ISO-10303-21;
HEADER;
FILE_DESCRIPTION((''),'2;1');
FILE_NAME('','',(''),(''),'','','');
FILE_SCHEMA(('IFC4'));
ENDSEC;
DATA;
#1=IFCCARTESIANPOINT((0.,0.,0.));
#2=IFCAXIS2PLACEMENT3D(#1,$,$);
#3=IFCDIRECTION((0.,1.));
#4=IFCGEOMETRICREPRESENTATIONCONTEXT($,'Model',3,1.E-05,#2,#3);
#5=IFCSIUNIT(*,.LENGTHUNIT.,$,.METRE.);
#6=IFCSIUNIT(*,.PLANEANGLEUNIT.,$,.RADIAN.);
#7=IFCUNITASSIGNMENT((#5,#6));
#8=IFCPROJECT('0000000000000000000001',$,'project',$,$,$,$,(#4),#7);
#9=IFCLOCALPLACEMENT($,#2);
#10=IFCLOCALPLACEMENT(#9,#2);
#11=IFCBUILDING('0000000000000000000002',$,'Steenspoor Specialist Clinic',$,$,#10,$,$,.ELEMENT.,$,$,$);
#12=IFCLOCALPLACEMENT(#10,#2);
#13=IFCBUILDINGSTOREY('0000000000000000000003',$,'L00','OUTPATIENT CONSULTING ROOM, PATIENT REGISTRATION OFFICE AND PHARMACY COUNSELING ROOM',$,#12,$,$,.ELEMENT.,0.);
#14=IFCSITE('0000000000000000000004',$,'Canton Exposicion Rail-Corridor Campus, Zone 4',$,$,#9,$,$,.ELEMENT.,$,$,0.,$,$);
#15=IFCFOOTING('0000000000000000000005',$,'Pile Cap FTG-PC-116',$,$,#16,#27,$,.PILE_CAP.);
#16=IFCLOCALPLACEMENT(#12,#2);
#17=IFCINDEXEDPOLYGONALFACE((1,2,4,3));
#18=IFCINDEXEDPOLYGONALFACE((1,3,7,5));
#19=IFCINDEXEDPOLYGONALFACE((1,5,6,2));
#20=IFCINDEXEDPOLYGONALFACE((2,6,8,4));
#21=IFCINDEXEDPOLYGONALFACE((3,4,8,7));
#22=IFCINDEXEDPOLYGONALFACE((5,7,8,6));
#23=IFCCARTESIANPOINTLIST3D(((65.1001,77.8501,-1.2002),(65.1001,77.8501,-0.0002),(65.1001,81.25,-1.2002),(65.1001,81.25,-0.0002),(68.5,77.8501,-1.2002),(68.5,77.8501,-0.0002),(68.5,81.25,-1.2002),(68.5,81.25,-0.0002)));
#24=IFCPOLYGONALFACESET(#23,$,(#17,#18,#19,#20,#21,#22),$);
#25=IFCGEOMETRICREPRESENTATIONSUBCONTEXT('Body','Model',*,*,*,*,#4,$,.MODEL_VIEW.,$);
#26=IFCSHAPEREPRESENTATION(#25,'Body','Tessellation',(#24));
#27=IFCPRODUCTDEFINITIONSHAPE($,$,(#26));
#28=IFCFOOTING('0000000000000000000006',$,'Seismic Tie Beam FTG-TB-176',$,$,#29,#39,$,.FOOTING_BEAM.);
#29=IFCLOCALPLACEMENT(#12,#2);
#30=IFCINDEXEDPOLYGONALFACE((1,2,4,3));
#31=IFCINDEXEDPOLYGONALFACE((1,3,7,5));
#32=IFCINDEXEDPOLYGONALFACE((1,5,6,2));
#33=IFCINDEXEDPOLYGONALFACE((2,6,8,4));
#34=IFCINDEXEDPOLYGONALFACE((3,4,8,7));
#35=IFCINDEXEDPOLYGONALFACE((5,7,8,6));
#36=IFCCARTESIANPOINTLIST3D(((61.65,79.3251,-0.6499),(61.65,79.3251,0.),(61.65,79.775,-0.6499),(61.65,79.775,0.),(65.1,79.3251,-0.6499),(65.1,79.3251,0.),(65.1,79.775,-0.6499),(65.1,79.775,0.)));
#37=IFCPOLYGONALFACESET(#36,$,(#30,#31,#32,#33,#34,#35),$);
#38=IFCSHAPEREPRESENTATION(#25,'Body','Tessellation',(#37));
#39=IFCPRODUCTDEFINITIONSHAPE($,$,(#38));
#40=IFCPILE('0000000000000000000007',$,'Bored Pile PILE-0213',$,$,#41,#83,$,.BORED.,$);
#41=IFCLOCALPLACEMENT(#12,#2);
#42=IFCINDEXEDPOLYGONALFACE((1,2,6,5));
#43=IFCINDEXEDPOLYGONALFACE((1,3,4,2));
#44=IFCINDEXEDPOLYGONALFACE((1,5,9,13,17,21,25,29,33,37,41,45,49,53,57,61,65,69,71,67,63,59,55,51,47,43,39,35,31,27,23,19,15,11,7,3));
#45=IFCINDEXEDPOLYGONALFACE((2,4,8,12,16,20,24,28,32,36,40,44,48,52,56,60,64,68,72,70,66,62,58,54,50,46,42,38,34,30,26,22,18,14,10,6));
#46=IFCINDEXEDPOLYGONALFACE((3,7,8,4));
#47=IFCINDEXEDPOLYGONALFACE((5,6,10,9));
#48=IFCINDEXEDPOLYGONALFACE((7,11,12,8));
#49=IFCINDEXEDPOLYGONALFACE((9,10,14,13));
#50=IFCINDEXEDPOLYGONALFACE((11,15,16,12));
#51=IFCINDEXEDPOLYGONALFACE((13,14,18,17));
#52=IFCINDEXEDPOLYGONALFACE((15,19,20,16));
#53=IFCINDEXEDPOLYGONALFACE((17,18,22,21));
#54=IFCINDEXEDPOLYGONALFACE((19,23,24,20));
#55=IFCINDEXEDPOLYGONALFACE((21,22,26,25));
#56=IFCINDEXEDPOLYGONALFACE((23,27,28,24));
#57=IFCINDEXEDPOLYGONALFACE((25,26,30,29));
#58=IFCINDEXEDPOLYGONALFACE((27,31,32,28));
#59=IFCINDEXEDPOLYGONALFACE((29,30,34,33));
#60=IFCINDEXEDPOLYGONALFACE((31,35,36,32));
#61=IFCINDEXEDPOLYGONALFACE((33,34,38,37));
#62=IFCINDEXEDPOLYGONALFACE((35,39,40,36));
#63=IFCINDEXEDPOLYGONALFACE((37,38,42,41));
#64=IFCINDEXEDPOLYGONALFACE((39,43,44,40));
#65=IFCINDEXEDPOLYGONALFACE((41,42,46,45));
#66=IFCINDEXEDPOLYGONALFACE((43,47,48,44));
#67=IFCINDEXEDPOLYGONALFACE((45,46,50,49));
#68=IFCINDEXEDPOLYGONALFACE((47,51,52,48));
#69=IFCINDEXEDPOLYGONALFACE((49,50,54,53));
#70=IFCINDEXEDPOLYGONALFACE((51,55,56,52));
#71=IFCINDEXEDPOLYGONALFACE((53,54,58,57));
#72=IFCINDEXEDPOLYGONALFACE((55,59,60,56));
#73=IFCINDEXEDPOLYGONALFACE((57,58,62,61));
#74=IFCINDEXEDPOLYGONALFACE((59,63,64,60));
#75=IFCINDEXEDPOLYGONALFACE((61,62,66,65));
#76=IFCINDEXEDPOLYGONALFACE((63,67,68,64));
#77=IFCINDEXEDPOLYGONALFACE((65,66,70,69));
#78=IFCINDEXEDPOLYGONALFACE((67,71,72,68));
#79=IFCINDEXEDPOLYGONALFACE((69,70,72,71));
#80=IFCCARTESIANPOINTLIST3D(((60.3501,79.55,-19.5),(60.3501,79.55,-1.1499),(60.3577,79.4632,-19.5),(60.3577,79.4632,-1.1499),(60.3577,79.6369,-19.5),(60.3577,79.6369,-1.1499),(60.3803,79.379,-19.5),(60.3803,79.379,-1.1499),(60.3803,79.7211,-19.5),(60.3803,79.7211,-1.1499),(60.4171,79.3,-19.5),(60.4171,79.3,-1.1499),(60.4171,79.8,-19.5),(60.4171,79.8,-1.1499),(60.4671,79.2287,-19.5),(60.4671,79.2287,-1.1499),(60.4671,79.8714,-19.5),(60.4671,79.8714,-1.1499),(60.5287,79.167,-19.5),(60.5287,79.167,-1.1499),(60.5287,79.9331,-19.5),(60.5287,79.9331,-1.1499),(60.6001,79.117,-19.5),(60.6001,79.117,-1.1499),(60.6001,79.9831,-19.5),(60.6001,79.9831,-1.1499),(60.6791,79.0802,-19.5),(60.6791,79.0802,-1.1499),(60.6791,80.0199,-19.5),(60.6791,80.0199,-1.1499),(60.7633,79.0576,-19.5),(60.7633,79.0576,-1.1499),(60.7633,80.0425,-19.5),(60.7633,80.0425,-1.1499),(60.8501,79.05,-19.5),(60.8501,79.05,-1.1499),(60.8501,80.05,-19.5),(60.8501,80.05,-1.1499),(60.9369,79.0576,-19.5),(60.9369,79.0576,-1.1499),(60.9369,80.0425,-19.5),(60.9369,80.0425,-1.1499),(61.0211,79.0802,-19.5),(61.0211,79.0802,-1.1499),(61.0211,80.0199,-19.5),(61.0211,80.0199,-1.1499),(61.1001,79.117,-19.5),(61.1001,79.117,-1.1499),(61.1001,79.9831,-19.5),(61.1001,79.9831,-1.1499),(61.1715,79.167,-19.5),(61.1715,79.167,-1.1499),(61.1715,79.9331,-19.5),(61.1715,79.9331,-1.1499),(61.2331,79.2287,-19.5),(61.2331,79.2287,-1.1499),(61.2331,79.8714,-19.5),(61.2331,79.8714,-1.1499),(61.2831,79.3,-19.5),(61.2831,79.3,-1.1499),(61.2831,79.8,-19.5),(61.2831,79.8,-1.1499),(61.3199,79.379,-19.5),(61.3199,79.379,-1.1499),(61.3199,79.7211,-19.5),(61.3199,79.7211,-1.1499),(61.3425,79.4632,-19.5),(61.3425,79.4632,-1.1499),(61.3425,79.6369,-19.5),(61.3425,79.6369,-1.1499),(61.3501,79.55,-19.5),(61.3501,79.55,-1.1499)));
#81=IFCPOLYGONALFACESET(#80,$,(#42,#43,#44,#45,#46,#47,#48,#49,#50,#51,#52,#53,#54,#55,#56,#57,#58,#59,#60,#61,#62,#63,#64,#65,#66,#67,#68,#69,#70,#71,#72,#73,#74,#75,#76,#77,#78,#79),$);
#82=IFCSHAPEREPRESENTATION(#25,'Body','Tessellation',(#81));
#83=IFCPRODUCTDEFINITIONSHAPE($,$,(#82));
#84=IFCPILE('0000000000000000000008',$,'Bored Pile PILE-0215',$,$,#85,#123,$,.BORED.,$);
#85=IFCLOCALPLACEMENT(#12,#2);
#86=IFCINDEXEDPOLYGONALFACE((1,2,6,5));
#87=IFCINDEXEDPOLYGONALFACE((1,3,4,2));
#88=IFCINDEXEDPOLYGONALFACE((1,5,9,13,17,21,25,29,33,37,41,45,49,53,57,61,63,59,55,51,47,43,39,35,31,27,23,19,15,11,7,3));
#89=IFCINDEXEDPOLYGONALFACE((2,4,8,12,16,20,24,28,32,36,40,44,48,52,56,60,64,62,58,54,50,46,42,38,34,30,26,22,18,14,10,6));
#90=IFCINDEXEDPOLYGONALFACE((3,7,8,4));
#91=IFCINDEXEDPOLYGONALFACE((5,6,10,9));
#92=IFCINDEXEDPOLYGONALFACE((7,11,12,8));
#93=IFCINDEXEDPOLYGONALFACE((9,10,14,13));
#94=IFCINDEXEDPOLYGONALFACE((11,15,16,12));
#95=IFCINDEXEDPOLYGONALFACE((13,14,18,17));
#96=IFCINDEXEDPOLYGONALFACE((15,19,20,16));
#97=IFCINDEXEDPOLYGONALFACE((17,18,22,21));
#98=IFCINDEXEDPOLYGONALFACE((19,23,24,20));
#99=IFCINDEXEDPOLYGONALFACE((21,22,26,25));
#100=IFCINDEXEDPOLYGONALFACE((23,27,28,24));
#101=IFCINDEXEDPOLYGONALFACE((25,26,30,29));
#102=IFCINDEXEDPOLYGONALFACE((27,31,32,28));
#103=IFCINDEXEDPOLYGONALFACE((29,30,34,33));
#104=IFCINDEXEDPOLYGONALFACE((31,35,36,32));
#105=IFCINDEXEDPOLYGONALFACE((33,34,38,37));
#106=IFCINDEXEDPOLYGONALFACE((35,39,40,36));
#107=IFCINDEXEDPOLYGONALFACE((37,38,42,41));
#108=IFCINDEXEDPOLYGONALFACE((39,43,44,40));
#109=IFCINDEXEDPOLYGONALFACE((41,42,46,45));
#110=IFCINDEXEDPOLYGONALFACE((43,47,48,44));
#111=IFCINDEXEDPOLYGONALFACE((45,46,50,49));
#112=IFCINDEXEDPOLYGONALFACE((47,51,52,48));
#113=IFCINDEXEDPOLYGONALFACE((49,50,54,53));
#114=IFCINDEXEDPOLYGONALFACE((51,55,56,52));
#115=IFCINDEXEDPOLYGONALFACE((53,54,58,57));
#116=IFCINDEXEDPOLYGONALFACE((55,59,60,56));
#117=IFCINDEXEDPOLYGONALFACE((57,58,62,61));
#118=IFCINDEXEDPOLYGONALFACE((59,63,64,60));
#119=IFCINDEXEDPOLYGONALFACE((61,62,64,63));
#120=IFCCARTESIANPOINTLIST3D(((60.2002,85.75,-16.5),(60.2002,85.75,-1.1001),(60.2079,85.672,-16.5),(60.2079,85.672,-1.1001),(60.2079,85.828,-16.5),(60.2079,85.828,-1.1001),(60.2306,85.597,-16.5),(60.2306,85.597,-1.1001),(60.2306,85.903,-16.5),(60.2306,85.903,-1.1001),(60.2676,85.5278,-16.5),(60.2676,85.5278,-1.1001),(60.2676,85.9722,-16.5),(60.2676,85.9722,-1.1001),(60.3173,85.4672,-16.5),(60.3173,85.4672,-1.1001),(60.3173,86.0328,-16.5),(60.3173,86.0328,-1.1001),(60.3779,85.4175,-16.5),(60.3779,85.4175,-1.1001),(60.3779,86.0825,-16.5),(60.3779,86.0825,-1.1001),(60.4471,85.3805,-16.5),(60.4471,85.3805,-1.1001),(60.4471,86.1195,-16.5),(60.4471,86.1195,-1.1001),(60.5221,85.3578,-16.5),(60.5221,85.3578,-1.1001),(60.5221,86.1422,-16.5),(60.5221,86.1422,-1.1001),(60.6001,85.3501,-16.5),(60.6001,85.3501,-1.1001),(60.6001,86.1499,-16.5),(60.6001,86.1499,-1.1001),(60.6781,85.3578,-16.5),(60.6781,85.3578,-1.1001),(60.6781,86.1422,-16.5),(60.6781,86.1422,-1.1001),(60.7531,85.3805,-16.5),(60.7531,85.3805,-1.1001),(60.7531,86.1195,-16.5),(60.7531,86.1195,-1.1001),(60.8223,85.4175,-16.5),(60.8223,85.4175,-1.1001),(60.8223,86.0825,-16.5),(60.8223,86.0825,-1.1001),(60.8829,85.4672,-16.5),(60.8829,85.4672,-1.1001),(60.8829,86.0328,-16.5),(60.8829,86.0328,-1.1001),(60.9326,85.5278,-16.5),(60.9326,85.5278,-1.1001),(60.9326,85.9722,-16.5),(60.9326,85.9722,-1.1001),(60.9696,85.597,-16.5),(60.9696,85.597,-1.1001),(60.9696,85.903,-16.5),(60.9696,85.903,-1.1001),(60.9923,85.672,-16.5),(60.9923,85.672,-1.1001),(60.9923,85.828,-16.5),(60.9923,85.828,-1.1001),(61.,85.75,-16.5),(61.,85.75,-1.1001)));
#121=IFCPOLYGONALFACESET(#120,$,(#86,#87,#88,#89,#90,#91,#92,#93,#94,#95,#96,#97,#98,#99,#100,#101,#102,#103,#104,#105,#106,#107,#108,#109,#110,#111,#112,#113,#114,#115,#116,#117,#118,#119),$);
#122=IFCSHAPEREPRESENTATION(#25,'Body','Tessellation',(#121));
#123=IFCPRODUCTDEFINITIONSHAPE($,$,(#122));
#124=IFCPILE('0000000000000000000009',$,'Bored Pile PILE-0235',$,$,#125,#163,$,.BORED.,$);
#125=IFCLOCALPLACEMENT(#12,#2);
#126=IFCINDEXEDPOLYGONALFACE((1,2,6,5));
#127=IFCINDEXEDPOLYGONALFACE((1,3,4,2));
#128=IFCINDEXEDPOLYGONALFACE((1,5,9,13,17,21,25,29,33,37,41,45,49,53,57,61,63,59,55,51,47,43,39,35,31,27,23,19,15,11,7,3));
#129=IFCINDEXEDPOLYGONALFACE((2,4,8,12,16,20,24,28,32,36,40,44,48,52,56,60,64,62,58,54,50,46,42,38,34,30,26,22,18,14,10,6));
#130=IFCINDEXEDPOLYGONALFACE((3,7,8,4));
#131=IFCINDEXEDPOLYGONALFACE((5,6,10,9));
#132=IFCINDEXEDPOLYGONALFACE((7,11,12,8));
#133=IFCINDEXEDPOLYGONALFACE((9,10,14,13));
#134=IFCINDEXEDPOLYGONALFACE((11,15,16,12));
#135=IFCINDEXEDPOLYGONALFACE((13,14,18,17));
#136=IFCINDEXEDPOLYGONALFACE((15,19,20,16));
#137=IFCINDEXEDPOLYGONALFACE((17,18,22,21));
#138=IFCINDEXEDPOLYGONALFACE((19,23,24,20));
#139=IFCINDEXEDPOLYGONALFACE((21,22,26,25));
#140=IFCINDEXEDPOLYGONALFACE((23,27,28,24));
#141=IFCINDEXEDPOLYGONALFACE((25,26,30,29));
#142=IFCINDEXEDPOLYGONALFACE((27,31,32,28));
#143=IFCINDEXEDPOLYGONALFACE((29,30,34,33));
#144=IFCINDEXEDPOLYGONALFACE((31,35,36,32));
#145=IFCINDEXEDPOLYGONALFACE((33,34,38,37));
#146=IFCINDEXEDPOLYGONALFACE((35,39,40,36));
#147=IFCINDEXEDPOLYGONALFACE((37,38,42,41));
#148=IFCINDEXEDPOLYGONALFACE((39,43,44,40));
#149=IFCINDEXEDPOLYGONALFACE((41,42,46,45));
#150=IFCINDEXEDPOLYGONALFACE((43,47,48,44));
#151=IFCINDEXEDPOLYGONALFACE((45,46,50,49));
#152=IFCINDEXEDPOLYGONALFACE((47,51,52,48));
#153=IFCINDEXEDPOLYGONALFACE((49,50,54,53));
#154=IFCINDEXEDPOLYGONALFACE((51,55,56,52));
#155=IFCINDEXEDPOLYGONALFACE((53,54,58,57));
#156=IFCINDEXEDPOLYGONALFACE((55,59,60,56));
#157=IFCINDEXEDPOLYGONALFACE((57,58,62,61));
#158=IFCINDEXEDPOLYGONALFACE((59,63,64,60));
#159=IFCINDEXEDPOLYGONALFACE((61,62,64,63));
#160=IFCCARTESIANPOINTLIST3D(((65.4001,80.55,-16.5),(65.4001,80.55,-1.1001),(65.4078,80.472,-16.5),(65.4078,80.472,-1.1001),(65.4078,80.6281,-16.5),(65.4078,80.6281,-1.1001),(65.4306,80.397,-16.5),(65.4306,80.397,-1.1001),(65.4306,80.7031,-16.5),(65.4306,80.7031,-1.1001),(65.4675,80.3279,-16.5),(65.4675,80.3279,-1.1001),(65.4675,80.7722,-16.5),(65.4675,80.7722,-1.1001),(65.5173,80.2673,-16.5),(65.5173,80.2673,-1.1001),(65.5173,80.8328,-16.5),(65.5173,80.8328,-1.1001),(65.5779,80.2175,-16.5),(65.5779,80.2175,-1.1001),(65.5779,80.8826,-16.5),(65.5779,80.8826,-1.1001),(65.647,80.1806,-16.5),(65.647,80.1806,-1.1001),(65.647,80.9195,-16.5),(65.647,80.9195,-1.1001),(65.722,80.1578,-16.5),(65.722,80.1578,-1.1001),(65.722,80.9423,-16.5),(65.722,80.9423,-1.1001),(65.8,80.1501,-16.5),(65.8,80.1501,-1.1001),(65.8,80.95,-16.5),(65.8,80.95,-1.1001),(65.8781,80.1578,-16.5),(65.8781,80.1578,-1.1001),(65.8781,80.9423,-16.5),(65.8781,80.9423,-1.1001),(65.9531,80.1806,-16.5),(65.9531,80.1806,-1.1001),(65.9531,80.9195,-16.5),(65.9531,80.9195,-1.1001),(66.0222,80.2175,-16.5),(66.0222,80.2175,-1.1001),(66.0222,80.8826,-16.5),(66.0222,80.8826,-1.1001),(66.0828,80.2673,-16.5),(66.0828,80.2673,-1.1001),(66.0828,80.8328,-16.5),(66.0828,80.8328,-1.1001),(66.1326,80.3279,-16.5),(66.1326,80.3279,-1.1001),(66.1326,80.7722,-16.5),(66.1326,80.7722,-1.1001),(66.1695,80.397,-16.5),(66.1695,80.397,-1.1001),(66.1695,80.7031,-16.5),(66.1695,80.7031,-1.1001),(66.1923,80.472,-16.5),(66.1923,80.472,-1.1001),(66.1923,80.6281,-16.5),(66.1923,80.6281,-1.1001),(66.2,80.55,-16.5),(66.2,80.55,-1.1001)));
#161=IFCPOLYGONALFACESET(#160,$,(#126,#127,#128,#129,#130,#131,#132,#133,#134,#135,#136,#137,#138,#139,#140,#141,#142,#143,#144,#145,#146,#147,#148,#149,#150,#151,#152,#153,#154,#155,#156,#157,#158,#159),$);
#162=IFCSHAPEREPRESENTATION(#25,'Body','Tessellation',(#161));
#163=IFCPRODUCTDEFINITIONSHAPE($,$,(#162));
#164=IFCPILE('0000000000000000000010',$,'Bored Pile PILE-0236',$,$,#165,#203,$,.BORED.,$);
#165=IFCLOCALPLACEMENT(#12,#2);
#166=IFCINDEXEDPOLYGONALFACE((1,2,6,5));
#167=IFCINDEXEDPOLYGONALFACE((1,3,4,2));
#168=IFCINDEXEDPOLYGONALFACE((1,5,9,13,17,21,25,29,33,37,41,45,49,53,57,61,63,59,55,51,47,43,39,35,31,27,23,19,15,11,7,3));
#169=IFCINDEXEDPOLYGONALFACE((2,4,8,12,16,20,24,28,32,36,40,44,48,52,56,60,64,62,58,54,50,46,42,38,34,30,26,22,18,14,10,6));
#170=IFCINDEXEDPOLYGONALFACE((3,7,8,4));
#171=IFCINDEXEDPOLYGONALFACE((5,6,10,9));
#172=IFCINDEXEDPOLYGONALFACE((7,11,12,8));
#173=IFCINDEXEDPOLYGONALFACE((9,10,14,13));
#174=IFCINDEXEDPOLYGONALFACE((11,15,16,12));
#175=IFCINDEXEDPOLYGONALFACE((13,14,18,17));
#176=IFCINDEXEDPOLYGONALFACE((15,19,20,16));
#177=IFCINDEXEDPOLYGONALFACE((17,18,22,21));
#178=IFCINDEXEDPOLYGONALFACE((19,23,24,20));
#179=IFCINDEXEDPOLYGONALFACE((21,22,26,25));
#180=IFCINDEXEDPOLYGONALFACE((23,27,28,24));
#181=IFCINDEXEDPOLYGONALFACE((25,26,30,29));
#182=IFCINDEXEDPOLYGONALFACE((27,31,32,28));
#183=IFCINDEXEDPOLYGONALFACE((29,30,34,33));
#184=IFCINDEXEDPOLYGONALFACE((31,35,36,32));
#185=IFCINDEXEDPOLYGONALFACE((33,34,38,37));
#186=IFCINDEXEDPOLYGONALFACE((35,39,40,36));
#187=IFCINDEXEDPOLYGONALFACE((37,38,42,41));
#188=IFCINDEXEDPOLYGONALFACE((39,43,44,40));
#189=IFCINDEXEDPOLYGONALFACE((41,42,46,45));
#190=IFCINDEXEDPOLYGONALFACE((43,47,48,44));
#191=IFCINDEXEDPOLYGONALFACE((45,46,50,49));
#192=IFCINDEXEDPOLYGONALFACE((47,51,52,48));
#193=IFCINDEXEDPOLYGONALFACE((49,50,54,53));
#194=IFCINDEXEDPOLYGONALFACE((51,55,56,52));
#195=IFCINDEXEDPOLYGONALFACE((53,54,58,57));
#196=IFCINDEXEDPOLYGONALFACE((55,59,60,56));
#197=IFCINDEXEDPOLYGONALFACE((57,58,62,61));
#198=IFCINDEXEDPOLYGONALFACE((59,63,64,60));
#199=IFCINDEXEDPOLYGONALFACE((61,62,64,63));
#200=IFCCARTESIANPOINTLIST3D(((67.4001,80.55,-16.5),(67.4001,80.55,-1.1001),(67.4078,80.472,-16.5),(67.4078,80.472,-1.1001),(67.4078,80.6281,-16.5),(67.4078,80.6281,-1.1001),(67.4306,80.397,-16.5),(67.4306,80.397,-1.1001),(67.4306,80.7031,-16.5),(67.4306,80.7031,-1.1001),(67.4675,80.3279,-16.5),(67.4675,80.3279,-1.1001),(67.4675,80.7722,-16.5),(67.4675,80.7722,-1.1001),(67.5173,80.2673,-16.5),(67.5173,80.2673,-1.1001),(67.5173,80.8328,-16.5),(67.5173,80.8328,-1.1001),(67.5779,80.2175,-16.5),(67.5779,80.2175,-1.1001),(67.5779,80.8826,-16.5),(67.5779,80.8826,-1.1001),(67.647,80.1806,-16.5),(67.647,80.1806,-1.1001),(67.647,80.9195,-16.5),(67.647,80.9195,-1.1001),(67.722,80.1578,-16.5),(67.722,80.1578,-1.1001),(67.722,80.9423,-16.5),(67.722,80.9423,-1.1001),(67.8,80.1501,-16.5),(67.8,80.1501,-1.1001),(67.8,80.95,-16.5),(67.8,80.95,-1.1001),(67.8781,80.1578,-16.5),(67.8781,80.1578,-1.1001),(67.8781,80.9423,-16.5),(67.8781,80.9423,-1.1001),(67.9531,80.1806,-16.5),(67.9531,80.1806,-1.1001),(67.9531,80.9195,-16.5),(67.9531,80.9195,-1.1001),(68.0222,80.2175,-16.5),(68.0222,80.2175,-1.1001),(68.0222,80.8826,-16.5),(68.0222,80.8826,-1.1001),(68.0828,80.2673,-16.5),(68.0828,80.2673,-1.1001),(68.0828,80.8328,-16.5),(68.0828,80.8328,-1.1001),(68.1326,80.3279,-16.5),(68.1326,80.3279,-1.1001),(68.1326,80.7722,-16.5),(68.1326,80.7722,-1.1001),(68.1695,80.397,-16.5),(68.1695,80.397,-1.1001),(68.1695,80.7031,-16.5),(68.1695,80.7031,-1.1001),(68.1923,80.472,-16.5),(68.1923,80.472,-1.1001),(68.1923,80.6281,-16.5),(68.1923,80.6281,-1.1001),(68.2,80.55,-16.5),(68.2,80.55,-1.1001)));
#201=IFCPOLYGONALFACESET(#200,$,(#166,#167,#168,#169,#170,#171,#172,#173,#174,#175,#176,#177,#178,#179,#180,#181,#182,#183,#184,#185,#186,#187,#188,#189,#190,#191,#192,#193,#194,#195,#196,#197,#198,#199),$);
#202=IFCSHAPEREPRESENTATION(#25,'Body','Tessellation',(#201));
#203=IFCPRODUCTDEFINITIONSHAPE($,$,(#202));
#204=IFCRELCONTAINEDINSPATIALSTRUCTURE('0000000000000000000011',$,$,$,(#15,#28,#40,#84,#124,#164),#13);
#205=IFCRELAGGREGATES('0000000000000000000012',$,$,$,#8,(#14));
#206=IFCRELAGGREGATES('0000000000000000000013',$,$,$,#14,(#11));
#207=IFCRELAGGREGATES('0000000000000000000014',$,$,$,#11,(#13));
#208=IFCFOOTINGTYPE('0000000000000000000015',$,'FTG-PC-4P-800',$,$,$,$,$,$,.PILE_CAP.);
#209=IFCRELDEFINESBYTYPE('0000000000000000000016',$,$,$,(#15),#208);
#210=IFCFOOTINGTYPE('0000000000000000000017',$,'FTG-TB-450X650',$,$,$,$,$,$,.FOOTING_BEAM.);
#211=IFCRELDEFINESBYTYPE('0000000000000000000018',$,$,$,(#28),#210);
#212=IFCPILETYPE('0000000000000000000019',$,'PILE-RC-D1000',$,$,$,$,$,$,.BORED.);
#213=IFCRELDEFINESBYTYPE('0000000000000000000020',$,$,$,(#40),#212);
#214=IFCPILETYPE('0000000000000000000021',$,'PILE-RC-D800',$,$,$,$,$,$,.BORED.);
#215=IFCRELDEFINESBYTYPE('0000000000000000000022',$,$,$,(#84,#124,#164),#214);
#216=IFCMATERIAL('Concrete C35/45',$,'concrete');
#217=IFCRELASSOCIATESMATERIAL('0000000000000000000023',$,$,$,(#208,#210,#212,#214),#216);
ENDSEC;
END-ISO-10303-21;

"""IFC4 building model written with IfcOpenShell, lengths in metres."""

from ifc_helpers import new_model, si_unit, direction, frame, origin, origin_2d, place, context, subcontext, project, spatial, rectangle, circle, extrude, material, material_profile, profile_set, type_object, element, save


model = new_model("IFC4")

# Units and contexts
model_context = context("Model", 3, precision=1e-05, world=origin(), true_north=direction((0.0, 1.0)))
body_context = subcontext(model_context, "Body", "Model", "MODEL_VIEW")
ifc_project = project(units=[si_unit("LENGTHUNIT", "METRE"), si_unit("PLANEANGLEUNIT", "RADIAN")], contexts=[model_context])

# Site, building, storey
site_placement = place(None, origin())
site = spatial("IfcSite", under=ifc_project, at=site_placement, Name="Canton Exposicion Rail-Corridor Campus, Zone 4", CompositionType="ELEMENT", RefElevation=0.0)
building_placement = place(site_placement, origin())
building = spatial("IfcBuilding", under=site, at=building_placement, Name="Steenspoor Specialist Clinic", CompositionType="ELEMENT")
storey_placement = place(building_placement, origin())
storey = spatial("IfcBuildingStorey", under=building, at=storey_placement, Name="L00", Description="OUTPATIENT CONSULTING ROOM, PATIENT REGISTRATION OFFICE AND PHARMACY COUNSELING ROOM", CompositionType="ELEMENT", Elevation=0.0)

# Footings
ifc_material_1 = material(Name="Concrete C35/45", Category="concrete")
footing_type_1 = type_object("IfcFootingType", Name="FTG-PC-4P-800", PredefinedType="PILE_CAP", material=ifc_material_1)
footing_1_placement = place(storey_placement, frame((66.8, 79.55, -1.2002), z_axis=(0.0, 0.0, 1.0), x_axis=(1.0, 0.0, 0.0)))
element("IfcFooting", 1, at=footing_1_placement, inside=storey, type_object=footing_type_1, Name="Pile Cap FTG-PC-116", PredefinedType="PILE_CAP", context=body_context, shape_type="SweptSolid", body=[
    extrude(rectangle(XDim=3.3999, YDim=3.3999, at=origin_2d()), origin(), (0.0, 0.0, 1.0), 1.2),
])
footing_type_2 = type_object("IfcFootingType", Name="FTG-TB-450X650", PredefinedType="FOOTING_BEAM", material=ifc_material_1)
footing_2_placement = place(storey_placement, frame((63.375, 79.55, -0.6499), z_axis=(0.0, 0.0, 1.0), x_axis=(1.0, 0.0, 0.0)))
element("IfcFooting", 2, at=footing_2_placement, inside=storey, type_object=footing_type_2, Name="Seismic Tie Beam FTG-TB-176", PredefinedType="FOOTING_BEAM", context=body_context, shape_type="SweptSolid", body=[
    extrude(rectangle(XDim=3.45, YDim=0.45, at=origin_2d()), origin(), (0.0, 0.0, 1.0), 0.6499),
])

# Piles
ifc_material_profile_1 = material_profile(ifc_material_1, circle(Radius=0.5, at=origin_2d()), Name="PILE-D1000")
ifc_profile_set_1 = profile_set([ifc_material_profile_1], Name="Concrete C35/45")
pile_type_1 = type_object("IfcPileType", Name="PILE-RC-D1000", PredefinedType="BORED", material=ifc_profile_set_1)
pile_placement = place(storey_placement, frame((60.8501, 79.55, -1.1499), z_axis=(0.0, 0.0, -1.0), x_axis=(1.0, 0.0, 0.0)))
element("IfcPile", 3, at=pile_placement, inside=storey, type_object=pile_type_1, Name="Bored Pile PILE-0213", PredefinedType="BORED", context=body_context, shape_type="SweptSolid", body=[
    extrude(circle(Radius=0.5, at=origin_2d()), origin(), (0.0, 0.0, 1.0), 18.3501),
])
ifc_material_profile_2 = material_profile(ifc_material_1, circle(Radius=0.3999, at=origin_2d()), Name="PILE-D800")
ifc_profile_set_2 = profile_set([ifc_material_profile_2], Name="Concrete C35/45")
pile_type_2 = type_object("IfcPileType", Name="PILE-RC-D800", PredefinedType="BORED", material=ifc_profile_set_2)
for number, where, z_axis, x_axis, name in (
    (4, (60.6001, 85.75, -1.1001), (0.0, 0.0, -1.0), (1.0, 0.0, 0.0), "Bored Pile PILE-0215"),
    (5, (65.8, 80.55, -1.1001), (0.0, 0.0, -1.0), (1.0, 0.0, 0.0), "Bored Pile PILE-0235"),
    (6, (67.8, 80.55, -1.1001), (0.0, 0.0, -1.0), (1.0, 0.0, 0.0), "Bored Pile PILE-0236"),
):
    element("IfcPile", number, at=place(storey_placement, frame(where, z_axis=z_axis, x_axis=x_axis)), inside=storey, type_object=pile_type_2, Name=name, PredefinedType="BORED", context=body_context, shape_type="SweptSolid", body=[
        extrude(circle(Radius=0.3999, at=origin_2d()), origin(), (0.0, 0.0, 1.0), 15.3999),
    ])

save(model, "model.ifc")
